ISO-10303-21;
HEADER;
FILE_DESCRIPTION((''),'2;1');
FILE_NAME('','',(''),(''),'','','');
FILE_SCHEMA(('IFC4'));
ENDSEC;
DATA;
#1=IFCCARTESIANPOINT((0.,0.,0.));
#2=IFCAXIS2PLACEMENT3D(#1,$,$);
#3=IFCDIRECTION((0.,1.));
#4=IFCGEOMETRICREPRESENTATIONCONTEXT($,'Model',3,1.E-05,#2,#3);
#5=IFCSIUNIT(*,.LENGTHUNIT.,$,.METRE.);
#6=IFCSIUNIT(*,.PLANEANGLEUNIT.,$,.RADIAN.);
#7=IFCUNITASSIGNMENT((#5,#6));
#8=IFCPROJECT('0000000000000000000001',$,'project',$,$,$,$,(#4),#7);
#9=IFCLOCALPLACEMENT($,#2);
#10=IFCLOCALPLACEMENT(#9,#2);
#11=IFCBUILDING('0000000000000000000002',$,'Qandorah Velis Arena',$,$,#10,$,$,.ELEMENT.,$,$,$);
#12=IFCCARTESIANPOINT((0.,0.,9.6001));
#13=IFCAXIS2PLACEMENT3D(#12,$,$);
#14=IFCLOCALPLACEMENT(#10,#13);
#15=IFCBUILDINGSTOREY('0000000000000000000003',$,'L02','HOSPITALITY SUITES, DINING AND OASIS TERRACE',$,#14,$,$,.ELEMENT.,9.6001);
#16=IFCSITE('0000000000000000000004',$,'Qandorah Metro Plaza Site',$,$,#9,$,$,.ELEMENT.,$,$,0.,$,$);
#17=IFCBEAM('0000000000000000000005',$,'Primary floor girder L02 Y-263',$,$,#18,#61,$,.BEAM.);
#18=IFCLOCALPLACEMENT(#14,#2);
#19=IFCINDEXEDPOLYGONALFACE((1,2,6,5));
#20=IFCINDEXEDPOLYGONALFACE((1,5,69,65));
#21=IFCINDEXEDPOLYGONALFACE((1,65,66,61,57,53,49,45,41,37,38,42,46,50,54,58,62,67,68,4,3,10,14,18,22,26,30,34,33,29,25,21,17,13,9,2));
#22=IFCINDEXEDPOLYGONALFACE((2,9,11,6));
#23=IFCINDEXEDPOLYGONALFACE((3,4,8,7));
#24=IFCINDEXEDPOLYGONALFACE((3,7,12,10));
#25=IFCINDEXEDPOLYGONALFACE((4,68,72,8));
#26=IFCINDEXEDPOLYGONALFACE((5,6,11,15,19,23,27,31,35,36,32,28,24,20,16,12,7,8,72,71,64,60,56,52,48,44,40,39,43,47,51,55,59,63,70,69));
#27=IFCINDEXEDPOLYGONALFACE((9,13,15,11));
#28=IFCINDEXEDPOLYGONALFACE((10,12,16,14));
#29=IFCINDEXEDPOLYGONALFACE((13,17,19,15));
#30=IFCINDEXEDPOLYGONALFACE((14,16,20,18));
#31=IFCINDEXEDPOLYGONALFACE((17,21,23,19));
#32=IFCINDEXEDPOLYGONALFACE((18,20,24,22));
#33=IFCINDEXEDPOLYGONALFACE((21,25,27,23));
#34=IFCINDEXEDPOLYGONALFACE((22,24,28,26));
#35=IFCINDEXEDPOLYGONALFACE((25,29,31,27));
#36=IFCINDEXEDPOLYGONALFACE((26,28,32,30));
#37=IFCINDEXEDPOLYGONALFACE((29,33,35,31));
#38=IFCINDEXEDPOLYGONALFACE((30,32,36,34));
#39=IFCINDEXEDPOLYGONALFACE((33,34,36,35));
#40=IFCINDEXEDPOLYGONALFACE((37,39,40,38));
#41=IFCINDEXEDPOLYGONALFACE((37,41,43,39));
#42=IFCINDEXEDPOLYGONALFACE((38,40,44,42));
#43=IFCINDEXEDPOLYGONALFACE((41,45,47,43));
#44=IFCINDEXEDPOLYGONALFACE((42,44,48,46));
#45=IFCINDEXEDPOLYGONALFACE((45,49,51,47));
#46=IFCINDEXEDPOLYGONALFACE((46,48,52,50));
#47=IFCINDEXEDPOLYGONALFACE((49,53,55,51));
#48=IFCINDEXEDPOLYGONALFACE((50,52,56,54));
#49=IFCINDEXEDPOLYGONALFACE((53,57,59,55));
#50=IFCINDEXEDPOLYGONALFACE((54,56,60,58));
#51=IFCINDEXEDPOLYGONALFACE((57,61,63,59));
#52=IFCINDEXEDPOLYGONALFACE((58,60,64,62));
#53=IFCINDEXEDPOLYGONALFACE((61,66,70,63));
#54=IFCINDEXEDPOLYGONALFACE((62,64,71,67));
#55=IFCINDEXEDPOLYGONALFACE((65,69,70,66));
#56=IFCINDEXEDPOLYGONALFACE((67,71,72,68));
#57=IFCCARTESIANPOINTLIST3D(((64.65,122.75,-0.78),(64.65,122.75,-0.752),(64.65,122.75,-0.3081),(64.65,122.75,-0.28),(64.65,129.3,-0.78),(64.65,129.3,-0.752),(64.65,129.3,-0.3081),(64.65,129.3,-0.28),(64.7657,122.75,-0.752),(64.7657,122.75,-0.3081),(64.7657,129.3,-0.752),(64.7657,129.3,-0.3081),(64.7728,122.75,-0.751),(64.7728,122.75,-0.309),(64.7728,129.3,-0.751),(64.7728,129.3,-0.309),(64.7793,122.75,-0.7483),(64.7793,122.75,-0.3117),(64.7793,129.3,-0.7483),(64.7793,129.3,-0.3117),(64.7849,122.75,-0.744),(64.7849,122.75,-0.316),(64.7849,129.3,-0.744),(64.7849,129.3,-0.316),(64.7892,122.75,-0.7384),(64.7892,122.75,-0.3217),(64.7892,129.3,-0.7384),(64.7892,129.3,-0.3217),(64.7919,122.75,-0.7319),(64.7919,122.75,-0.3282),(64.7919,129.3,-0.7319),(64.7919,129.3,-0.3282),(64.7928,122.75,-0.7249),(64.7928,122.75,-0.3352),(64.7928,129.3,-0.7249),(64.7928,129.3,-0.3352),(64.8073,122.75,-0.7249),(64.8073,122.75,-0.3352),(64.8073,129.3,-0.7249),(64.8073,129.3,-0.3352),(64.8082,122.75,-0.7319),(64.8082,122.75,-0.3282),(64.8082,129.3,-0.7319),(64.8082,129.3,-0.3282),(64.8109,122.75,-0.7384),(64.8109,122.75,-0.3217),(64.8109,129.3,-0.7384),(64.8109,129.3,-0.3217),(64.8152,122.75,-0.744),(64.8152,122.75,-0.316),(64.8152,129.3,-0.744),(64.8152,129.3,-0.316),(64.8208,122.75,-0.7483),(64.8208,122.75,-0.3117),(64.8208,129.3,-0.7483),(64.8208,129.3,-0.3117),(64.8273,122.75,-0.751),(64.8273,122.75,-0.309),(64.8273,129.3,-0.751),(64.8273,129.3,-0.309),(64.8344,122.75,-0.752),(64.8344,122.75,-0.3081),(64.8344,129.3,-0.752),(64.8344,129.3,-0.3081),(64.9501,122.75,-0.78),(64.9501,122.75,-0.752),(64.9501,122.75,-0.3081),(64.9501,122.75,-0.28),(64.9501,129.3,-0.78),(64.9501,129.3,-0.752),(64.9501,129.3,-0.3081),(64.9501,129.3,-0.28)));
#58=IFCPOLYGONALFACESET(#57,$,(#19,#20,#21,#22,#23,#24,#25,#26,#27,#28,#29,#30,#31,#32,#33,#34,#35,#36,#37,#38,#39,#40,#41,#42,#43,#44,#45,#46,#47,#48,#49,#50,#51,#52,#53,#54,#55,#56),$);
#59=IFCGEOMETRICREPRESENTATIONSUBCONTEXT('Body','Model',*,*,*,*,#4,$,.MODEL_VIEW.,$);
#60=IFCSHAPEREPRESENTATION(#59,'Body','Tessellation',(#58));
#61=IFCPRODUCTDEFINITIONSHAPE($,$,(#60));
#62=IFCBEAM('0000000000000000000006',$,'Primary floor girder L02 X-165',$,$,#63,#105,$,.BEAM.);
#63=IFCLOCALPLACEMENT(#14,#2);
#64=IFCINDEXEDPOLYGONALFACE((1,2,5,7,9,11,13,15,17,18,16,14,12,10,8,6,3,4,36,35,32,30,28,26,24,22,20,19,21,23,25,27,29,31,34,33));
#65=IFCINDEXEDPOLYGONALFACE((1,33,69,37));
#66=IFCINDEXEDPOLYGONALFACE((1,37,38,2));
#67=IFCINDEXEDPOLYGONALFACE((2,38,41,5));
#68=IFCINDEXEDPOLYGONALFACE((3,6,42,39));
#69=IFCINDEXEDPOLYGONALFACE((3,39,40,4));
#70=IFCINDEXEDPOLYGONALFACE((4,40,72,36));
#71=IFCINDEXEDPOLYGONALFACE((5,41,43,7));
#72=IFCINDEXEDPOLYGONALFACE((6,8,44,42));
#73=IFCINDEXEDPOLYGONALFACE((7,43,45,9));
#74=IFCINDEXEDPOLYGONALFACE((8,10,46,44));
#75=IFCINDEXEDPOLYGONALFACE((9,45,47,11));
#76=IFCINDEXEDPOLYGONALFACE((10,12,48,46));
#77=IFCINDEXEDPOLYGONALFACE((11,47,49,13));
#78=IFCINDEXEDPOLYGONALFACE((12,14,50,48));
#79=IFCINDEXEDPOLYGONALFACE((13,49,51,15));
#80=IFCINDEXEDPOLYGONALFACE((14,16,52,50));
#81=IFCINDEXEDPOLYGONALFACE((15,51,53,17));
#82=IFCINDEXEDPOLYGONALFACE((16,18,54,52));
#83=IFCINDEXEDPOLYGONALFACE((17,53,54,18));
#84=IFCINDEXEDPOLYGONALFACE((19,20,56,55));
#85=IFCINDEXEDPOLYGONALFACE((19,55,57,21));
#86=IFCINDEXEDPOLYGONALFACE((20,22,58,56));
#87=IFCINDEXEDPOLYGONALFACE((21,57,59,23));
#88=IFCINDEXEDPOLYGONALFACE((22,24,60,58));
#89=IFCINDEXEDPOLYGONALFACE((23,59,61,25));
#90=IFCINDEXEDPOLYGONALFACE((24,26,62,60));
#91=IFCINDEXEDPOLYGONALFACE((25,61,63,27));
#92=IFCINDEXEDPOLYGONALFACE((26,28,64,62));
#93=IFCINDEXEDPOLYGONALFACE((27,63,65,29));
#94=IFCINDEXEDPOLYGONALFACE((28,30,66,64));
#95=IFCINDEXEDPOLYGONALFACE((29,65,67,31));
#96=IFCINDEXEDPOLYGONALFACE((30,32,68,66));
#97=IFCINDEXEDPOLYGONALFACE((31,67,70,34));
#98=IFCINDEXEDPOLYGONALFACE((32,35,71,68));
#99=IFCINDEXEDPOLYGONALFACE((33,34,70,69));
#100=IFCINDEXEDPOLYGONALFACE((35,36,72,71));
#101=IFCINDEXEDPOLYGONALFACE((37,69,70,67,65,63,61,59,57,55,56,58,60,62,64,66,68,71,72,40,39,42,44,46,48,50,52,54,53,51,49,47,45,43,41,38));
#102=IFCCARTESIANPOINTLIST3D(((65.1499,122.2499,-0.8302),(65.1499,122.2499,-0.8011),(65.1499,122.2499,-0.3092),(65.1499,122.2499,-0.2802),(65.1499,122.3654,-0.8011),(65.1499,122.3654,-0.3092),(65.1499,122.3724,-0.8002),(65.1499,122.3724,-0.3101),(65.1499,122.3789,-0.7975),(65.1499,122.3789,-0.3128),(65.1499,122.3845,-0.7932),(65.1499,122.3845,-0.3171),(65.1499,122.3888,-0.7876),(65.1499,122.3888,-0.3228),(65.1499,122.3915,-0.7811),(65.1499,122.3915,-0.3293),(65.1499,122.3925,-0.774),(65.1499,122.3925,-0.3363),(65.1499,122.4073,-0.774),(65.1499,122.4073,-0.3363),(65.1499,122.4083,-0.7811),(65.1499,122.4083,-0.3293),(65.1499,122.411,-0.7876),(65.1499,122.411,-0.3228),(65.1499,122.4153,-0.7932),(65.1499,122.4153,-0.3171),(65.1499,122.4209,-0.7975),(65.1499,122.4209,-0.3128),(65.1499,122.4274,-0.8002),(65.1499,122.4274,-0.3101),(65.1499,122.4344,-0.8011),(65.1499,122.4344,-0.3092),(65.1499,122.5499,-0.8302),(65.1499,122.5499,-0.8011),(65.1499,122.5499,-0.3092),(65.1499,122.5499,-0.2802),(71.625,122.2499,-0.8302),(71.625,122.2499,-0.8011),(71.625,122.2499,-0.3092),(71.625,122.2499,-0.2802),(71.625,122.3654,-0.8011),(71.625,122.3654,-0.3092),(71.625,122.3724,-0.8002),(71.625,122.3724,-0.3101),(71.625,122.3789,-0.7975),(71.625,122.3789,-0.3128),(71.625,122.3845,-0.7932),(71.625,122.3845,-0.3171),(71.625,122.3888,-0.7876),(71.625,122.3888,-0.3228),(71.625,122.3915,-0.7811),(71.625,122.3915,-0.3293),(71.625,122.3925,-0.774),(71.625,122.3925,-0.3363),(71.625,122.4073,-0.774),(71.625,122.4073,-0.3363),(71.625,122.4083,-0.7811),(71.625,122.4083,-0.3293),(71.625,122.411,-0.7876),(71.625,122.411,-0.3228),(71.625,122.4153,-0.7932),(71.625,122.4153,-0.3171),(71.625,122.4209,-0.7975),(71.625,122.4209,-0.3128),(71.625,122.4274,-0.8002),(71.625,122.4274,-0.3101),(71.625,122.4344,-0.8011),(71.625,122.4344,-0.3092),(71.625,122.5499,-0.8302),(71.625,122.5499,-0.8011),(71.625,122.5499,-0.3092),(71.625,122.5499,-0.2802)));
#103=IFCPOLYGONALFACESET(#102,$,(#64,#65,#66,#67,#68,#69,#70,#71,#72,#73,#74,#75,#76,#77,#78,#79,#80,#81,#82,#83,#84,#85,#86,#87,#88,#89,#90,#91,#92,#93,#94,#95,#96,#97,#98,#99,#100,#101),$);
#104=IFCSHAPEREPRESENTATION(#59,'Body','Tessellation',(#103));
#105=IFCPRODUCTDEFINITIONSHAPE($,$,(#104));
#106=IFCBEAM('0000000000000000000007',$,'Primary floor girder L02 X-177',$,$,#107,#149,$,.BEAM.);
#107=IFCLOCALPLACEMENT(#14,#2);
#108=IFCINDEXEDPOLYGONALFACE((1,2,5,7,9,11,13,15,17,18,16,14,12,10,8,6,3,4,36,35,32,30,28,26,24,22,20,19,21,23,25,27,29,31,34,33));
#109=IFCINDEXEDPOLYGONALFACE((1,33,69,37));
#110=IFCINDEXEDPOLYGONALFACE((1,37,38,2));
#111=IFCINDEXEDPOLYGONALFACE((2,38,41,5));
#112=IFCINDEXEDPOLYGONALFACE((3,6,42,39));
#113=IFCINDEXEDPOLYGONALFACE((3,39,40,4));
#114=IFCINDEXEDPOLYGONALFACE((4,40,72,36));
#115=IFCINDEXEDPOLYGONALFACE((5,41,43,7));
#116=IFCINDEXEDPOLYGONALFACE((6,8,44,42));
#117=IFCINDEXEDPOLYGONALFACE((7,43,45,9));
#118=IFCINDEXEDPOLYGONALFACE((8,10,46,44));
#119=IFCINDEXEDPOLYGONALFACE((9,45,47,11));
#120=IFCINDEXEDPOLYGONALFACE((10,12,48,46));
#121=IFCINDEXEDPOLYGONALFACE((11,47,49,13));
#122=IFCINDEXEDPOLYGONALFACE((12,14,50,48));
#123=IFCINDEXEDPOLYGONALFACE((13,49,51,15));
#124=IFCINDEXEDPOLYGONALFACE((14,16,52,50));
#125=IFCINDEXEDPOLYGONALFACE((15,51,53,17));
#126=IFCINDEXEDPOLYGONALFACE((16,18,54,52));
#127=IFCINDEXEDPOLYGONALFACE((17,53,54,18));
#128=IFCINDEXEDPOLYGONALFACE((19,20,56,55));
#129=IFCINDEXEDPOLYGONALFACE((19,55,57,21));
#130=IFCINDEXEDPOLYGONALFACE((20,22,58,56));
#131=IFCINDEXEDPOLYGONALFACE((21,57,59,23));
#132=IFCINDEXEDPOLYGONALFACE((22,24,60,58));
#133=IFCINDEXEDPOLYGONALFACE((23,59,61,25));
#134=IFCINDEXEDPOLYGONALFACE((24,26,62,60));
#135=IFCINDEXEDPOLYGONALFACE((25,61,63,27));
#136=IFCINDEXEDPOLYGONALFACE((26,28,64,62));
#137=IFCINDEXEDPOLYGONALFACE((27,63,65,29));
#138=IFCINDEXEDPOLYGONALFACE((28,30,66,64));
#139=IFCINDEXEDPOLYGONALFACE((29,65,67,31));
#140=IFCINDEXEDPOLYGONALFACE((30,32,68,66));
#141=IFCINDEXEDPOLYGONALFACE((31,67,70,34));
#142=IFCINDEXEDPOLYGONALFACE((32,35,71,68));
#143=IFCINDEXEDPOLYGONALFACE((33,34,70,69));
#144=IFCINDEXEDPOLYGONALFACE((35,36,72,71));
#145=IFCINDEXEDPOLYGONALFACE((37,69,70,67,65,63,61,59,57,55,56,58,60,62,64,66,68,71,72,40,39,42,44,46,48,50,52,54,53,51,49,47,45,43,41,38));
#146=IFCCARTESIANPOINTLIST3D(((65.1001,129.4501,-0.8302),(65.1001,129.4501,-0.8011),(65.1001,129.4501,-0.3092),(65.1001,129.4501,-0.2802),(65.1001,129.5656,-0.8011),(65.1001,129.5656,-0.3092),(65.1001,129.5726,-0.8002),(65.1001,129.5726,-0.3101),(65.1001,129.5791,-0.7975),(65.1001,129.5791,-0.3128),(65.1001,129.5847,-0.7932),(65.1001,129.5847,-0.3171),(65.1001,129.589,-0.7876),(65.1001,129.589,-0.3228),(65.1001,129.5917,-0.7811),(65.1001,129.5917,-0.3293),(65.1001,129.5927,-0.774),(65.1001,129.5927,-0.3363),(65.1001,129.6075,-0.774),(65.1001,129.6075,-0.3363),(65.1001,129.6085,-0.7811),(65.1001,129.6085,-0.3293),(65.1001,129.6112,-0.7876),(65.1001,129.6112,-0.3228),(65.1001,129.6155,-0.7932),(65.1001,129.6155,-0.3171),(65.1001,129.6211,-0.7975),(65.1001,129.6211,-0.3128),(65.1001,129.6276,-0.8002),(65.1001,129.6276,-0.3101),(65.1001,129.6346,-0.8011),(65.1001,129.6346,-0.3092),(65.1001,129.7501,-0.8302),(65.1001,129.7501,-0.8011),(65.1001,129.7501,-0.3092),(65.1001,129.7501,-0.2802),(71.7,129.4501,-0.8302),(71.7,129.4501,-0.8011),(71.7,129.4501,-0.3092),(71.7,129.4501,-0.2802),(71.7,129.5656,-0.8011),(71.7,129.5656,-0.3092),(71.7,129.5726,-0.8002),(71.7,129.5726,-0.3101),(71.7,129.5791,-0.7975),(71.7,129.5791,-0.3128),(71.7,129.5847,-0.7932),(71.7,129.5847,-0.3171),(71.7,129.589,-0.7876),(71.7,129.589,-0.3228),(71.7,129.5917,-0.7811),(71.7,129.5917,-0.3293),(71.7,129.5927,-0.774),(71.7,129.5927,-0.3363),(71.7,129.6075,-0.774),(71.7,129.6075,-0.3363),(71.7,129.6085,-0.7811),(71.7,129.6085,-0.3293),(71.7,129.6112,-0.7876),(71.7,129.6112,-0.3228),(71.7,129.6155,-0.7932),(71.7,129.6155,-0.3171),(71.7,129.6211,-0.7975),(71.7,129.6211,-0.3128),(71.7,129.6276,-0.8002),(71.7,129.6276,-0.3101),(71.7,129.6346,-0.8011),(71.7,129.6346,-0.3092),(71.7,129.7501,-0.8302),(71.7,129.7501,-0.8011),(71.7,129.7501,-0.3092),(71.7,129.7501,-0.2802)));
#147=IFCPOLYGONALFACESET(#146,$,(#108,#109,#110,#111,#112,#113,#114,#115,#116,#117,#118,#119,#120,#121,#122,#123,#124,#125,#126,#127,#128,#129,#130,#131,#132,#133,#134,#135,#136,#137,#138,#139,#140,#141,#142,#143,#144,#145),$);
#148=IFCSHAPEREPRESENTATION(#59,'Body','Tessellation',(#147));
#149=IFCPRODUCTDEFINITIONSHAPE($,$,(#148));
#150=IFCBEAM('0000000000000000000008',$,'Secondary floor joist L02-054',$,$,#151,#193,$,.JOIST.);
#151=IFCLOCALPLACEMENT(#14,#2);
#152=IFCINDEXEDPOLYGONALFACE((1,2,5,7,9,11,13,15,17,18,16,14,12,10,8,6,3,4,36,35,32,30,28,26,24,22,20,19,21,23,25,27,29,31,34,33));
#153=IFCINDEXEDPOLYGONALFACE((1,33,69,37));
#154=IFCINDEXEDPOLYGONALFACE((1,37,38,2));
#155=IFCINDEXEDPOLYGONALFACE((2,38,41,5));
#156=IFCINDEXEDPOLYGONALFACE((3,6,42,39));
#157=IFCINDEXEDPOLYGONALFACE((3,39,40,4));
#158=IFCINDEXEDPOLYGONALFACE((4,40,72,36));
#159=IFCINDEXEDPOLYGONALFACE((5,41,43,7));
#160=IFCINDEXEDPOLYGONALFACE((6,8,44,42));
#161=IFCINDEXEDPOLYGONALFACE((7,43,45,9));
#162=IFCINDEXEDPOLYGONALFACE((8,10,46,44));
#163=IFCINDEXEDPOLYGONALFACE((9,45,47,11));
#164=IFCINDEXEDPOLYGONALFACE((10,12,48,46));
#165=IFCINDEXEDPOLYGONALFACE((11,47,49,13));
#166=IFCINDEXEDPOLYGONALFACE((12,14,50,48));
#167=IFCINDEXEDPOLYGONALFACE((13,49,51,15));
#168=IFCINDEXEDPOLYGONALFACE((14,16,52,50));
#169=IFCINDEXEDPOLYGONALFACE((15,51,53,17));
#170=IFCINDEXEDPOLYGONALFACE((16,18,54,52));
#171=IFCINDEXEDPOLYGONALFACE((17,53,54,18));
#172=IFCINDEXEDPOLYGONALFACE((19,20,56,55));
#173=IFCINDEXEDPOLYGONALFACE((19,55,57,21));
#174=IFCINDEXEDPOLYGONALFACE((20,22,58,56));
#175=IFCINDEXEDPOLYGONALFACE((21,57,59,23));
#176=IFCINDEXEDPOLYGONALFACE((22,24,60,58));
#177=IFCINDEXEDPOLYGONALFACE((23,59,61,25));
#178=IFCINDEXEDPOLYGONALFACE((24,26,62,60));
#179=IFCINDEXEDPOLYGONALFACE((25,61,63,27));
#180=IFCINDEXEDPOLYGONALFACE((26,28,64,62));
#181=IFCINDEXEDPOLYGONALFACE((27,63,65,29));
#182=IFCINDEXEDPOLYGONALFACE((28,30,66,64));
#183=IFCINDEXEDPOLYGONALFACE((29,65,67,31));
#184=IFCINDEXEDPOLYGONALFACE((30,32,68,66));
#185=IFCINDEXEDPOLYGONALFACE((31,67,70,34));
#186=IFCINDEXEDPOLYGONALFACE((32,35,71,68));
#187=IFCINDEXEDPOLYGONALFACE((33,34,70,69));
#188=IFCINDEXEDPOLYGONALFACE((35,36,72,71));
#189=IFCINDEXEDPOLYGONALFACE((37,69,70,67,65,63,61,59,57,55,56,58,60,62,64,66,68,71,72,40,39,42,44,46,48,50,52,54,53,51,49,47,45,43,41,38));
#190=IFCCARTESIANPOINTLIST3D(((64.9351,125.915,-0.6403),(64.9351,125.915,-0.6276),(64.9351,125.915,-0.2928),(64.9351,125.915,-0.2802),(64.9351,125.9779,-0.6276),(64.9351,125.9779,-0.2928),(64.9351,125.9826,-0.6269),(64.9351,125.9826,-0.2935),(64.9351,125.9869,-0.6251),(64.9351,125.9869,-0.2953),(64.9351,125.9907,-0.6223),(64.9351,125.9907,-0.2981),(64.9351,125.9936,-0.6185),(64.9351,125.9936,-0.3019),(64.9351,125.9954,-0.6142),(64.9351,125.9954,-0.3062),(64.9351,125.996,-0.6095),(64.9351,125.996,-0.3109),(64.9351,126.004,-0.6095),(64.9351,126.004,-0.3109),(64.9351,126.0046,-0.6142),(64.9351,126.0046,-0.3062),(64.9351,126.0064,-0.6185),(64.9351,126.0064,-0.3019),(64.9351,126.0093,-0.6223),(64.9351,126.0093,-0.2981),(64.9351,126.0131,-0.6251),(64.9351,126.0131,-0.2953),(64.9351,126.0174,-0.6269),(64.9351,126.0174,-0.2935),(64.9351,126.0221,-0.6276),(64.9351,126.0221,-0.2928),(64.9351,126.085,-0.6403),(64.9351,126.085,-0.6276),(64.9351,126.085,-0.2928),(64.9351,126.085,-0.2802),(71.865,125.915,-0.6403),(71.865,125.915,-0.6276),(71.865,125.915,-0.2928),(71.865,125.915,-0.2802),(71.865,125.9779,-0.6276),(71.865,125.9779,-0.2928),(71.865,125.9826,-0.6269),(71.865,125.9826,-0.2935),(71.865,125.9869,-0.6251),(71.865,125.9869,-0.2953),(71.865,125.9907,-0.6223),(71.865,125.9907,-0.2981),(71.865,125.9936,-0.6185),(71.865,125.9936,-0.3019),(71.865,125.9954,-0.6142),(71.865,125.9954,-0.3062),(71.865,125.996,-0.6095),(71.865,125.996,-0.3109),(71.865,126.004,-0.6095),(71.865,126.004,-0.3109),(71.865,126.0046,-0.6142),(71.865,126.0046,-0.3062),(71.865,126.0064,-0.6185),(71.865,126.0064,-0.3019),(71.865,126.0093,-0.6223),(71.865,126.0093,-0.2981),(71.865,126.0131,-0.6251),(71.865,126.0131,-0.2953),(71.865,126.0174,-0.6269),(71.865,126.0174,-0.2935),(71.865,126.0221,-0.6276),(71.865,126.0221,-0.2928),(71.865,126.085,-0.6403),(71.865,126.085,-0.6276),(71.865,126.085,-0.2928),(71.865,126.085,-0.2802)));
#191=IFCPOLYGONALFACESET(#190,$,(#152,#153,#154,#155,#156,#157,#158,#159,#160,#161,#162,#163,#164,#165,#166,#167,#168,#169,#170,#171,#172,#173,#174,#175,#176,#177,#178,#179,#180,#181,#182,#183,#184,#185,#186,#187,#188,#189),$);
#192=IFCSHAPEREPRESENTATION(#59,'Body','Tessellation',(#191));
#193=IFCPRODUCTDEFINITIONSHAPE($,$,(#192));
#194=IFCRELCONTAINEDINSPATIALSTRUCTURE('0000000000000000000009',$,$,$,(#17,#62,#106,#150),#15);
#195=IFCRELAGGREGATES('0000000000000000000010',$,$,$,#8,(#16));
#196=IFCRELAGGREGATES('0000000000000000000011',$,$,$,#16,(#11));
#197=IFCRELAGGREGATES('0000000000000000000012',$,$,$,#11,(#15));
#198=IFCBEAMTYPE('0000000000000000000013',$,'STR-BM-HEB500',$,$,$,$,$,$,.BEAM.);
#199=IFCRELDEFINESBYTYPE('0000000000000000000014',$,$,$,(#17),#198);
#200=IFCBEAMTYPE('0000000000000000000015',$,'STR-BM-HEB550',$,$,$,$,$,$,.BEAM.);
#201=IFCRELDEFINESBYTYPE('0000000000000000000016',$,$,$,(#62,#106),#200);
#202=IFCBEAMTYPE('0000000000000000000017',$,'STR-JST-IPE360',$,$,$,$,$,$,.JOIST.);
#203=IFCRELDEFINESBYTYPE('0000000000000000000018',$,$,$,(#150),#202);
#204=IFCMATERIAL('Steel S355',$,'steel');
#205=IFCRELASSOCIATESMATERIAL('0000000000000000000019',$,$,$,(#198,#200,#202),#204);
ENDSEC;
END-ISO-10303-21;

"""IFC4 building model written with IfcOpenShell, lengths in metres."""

from ifc_helpers import new_model, si_unit, direction, frame, origin, origin_2d, place, context, subcontext, project, spatial, i_section, extrude, material, material_profile, profile_set, type_object, element, save


model = new_model("IFC4")

# Units and contexts
model_context = context("Model", 3, precision=1e-05, world=origin(), true_north=direction((0.0, 1.0)))
body_context = subcontext(model_context, "Body", "Model", "MODEL_VIEW")
ifc_project = project(units=[si_unit("LENGTHUNIT", "METRE"), si_unit("PLANEANGLEUNIT", "RADIAN")], contexts=[model_context])

# Site, building, storey
site_placement = place(None, origin())
site = spatial("IfcSite", under=ifc_project, at=site_placement, Name="Qandorah Metro Plaza Site", CompositionType="ELEMENT", RefElevation=0.0)
building_placement = place(site_placement, origin())
building = spatial("IfcBuilding", under=site, at=building_placement, Name="Qandorah Velis Arena", CompositionType="ELEMENT")
storey_placement = place(building_placement, frame((0.0, 0.0, 9.6001)))
storey = spatial("IfcBuildingStorey", under=building, at=storey_placement, Name="L02", Description="HOSPITALITY SUITES, DINING AND OASIS TERRACE", CompositionType="ELEMENT", Elevation=9.6001)

# Beams
ifc_material_1 = material(Name="Steel S355", Category="steel")
ifc_material_profile_1 = material_profile(ifc_material_1, i_section(OverallWidth=0.3, OverallDepth=0.5, WebThickness=0.0144, FlangeThickness=0.0281, FilletRadius=0.0271, at=origin_2d()), Name="HEB 500")
ifc_profile_set_1 = profile_set([ifc_material_profile_1], Name="Steel S355")
beam_type_1 = type_object("IfcBeamType", Name="STR-BM-HEB500", PredefinedType="BEAM", material=ifc_profile_set_1)
beam_1_placement = place(storey_placement, frame((64.8, 122.75, -0.53), z_axis=(0.0, 1.0, 0.0), x_axis=(-1.0, 0.0, 0.0)))
element("IfcBeam", 1, at=beam_1_placement, inside=storey, type_object=beam_type_1, Name="Primary floor girder L02 Y-263", PredefinedType="BEAM", context=body_context, shape_type="SweptSolid", body=[
    extrude(i_section(OverallWidth=0.3, OverallDepth=0.5, WebThickness=0.0144, FlangeThickness=0.0281, FilletRadius=0.0271, at=origin_2d()), origin(), (0.0, 0.0, 1.0), 6.55),
])
ifc_material_profile_2 = material_profile(ifc_material_1, i_section(OverallWidth=0.3, OverallDepth=0.55, WebThickness=0.0149, FlangeThickness=0.0291, FilletRadius=0.0271, at=origin_2d()), Name="HEB 550")
ifc_profile_set_2 = profile_set([ifc_material_profile_2], Name="Steel S355")
beam_type_2 = type_object("IfcBeamType", Name="STR-BM-HEB550", PredefinedType="BEAM", material=ifc_profile_set_2)
beam_2_placement = place(storey_placement, frame((65.1499, 122.3999, -0.5552), z_axis=(1.0, 0.0, 0.0), x_axis=(0.0, 1.0, 0.0)))
element("IfcBeam", 2, at=beam_2_placement, inside=storey, type_object=beam_type_2, Name="Primary floor girder L02 X-165", PredefinedType="BEAM", context=body_context, shape_type="SweptSolid", body=[
    extrude(i_section(OverallWidth=0.3, OverallDepth=0.55, WebThickness=0.0149, FlangeThickness=0.0291, FilletRadius=0.0271, at=origin_2d()), origin(), (0.0, 0.0, 1.0), 6.4751),
])
beam_3_placement = place(storey_placement, frame((65.1001, 129.6001, -0.5552), z_axis=(1.0, 0.0, 0.0), x_axis=(0.0, 1.0, 0.0)))
element("IfcBeam", 3, at=beam_3_placement, inside=storey, type_object=beam_type_2, Name="Primary floor girder L02 X-177", PredefinedType="BEAM", context=body_context, shape_type="SweptSolid", body=[
    extrude(i_section(OverallWidth=0.3, OverallDepth=0.55, WebThickness=0.0149, FlangeThickness=0.0291, FilletRadius=0.0271, at=origin_2d()), origin(), (0.0, 0.0, 1.0), 6.5999),
])
ifc_material_profile_3 = material_profile(ifc_material_1, i_section(OverallWidth=0.1699, OverallDepth=0.3601, WebThickness=0.0081, FlangeThickness=0.0127, FilletRadius=0.0181, at=origin_2d()), Name="IPE 360")
ifc_profile_set_3 = profile_set([ifc_material_profile_3], Name="Steel S355")
beam_type_3 = type_object("IfcBeamType", Name="STR-JST-IPE360", PredefinedType="JOIST", material=ifc_profile_set_3)
beam_4_placement = place(storey_placement, frame((64.9351, 126.0, -0.4602), z_axis=(1.0, 0.0, 0.0), x_axis=(0.0, 1.0, 0.0)))
element("IfcBeam", 4, at=beam_4_placement, inside=storey, type_object=beam_type_3, Name="Secondary floor joist L02-054", PredefinedType="JOIST", context=body_context, shape_type="SweptSolid", body=[
    extrude(i_section(OverallWidth=0.1699, OverallDepth=0.3601, WebThickness=0.0081, FlangeThickness=0.0127, FilletRadius=0.0181, at=origin_2d()), origin(), (0.0, 0.0, 1.0), 6.9299),
])

save(model, "model.ifc")
